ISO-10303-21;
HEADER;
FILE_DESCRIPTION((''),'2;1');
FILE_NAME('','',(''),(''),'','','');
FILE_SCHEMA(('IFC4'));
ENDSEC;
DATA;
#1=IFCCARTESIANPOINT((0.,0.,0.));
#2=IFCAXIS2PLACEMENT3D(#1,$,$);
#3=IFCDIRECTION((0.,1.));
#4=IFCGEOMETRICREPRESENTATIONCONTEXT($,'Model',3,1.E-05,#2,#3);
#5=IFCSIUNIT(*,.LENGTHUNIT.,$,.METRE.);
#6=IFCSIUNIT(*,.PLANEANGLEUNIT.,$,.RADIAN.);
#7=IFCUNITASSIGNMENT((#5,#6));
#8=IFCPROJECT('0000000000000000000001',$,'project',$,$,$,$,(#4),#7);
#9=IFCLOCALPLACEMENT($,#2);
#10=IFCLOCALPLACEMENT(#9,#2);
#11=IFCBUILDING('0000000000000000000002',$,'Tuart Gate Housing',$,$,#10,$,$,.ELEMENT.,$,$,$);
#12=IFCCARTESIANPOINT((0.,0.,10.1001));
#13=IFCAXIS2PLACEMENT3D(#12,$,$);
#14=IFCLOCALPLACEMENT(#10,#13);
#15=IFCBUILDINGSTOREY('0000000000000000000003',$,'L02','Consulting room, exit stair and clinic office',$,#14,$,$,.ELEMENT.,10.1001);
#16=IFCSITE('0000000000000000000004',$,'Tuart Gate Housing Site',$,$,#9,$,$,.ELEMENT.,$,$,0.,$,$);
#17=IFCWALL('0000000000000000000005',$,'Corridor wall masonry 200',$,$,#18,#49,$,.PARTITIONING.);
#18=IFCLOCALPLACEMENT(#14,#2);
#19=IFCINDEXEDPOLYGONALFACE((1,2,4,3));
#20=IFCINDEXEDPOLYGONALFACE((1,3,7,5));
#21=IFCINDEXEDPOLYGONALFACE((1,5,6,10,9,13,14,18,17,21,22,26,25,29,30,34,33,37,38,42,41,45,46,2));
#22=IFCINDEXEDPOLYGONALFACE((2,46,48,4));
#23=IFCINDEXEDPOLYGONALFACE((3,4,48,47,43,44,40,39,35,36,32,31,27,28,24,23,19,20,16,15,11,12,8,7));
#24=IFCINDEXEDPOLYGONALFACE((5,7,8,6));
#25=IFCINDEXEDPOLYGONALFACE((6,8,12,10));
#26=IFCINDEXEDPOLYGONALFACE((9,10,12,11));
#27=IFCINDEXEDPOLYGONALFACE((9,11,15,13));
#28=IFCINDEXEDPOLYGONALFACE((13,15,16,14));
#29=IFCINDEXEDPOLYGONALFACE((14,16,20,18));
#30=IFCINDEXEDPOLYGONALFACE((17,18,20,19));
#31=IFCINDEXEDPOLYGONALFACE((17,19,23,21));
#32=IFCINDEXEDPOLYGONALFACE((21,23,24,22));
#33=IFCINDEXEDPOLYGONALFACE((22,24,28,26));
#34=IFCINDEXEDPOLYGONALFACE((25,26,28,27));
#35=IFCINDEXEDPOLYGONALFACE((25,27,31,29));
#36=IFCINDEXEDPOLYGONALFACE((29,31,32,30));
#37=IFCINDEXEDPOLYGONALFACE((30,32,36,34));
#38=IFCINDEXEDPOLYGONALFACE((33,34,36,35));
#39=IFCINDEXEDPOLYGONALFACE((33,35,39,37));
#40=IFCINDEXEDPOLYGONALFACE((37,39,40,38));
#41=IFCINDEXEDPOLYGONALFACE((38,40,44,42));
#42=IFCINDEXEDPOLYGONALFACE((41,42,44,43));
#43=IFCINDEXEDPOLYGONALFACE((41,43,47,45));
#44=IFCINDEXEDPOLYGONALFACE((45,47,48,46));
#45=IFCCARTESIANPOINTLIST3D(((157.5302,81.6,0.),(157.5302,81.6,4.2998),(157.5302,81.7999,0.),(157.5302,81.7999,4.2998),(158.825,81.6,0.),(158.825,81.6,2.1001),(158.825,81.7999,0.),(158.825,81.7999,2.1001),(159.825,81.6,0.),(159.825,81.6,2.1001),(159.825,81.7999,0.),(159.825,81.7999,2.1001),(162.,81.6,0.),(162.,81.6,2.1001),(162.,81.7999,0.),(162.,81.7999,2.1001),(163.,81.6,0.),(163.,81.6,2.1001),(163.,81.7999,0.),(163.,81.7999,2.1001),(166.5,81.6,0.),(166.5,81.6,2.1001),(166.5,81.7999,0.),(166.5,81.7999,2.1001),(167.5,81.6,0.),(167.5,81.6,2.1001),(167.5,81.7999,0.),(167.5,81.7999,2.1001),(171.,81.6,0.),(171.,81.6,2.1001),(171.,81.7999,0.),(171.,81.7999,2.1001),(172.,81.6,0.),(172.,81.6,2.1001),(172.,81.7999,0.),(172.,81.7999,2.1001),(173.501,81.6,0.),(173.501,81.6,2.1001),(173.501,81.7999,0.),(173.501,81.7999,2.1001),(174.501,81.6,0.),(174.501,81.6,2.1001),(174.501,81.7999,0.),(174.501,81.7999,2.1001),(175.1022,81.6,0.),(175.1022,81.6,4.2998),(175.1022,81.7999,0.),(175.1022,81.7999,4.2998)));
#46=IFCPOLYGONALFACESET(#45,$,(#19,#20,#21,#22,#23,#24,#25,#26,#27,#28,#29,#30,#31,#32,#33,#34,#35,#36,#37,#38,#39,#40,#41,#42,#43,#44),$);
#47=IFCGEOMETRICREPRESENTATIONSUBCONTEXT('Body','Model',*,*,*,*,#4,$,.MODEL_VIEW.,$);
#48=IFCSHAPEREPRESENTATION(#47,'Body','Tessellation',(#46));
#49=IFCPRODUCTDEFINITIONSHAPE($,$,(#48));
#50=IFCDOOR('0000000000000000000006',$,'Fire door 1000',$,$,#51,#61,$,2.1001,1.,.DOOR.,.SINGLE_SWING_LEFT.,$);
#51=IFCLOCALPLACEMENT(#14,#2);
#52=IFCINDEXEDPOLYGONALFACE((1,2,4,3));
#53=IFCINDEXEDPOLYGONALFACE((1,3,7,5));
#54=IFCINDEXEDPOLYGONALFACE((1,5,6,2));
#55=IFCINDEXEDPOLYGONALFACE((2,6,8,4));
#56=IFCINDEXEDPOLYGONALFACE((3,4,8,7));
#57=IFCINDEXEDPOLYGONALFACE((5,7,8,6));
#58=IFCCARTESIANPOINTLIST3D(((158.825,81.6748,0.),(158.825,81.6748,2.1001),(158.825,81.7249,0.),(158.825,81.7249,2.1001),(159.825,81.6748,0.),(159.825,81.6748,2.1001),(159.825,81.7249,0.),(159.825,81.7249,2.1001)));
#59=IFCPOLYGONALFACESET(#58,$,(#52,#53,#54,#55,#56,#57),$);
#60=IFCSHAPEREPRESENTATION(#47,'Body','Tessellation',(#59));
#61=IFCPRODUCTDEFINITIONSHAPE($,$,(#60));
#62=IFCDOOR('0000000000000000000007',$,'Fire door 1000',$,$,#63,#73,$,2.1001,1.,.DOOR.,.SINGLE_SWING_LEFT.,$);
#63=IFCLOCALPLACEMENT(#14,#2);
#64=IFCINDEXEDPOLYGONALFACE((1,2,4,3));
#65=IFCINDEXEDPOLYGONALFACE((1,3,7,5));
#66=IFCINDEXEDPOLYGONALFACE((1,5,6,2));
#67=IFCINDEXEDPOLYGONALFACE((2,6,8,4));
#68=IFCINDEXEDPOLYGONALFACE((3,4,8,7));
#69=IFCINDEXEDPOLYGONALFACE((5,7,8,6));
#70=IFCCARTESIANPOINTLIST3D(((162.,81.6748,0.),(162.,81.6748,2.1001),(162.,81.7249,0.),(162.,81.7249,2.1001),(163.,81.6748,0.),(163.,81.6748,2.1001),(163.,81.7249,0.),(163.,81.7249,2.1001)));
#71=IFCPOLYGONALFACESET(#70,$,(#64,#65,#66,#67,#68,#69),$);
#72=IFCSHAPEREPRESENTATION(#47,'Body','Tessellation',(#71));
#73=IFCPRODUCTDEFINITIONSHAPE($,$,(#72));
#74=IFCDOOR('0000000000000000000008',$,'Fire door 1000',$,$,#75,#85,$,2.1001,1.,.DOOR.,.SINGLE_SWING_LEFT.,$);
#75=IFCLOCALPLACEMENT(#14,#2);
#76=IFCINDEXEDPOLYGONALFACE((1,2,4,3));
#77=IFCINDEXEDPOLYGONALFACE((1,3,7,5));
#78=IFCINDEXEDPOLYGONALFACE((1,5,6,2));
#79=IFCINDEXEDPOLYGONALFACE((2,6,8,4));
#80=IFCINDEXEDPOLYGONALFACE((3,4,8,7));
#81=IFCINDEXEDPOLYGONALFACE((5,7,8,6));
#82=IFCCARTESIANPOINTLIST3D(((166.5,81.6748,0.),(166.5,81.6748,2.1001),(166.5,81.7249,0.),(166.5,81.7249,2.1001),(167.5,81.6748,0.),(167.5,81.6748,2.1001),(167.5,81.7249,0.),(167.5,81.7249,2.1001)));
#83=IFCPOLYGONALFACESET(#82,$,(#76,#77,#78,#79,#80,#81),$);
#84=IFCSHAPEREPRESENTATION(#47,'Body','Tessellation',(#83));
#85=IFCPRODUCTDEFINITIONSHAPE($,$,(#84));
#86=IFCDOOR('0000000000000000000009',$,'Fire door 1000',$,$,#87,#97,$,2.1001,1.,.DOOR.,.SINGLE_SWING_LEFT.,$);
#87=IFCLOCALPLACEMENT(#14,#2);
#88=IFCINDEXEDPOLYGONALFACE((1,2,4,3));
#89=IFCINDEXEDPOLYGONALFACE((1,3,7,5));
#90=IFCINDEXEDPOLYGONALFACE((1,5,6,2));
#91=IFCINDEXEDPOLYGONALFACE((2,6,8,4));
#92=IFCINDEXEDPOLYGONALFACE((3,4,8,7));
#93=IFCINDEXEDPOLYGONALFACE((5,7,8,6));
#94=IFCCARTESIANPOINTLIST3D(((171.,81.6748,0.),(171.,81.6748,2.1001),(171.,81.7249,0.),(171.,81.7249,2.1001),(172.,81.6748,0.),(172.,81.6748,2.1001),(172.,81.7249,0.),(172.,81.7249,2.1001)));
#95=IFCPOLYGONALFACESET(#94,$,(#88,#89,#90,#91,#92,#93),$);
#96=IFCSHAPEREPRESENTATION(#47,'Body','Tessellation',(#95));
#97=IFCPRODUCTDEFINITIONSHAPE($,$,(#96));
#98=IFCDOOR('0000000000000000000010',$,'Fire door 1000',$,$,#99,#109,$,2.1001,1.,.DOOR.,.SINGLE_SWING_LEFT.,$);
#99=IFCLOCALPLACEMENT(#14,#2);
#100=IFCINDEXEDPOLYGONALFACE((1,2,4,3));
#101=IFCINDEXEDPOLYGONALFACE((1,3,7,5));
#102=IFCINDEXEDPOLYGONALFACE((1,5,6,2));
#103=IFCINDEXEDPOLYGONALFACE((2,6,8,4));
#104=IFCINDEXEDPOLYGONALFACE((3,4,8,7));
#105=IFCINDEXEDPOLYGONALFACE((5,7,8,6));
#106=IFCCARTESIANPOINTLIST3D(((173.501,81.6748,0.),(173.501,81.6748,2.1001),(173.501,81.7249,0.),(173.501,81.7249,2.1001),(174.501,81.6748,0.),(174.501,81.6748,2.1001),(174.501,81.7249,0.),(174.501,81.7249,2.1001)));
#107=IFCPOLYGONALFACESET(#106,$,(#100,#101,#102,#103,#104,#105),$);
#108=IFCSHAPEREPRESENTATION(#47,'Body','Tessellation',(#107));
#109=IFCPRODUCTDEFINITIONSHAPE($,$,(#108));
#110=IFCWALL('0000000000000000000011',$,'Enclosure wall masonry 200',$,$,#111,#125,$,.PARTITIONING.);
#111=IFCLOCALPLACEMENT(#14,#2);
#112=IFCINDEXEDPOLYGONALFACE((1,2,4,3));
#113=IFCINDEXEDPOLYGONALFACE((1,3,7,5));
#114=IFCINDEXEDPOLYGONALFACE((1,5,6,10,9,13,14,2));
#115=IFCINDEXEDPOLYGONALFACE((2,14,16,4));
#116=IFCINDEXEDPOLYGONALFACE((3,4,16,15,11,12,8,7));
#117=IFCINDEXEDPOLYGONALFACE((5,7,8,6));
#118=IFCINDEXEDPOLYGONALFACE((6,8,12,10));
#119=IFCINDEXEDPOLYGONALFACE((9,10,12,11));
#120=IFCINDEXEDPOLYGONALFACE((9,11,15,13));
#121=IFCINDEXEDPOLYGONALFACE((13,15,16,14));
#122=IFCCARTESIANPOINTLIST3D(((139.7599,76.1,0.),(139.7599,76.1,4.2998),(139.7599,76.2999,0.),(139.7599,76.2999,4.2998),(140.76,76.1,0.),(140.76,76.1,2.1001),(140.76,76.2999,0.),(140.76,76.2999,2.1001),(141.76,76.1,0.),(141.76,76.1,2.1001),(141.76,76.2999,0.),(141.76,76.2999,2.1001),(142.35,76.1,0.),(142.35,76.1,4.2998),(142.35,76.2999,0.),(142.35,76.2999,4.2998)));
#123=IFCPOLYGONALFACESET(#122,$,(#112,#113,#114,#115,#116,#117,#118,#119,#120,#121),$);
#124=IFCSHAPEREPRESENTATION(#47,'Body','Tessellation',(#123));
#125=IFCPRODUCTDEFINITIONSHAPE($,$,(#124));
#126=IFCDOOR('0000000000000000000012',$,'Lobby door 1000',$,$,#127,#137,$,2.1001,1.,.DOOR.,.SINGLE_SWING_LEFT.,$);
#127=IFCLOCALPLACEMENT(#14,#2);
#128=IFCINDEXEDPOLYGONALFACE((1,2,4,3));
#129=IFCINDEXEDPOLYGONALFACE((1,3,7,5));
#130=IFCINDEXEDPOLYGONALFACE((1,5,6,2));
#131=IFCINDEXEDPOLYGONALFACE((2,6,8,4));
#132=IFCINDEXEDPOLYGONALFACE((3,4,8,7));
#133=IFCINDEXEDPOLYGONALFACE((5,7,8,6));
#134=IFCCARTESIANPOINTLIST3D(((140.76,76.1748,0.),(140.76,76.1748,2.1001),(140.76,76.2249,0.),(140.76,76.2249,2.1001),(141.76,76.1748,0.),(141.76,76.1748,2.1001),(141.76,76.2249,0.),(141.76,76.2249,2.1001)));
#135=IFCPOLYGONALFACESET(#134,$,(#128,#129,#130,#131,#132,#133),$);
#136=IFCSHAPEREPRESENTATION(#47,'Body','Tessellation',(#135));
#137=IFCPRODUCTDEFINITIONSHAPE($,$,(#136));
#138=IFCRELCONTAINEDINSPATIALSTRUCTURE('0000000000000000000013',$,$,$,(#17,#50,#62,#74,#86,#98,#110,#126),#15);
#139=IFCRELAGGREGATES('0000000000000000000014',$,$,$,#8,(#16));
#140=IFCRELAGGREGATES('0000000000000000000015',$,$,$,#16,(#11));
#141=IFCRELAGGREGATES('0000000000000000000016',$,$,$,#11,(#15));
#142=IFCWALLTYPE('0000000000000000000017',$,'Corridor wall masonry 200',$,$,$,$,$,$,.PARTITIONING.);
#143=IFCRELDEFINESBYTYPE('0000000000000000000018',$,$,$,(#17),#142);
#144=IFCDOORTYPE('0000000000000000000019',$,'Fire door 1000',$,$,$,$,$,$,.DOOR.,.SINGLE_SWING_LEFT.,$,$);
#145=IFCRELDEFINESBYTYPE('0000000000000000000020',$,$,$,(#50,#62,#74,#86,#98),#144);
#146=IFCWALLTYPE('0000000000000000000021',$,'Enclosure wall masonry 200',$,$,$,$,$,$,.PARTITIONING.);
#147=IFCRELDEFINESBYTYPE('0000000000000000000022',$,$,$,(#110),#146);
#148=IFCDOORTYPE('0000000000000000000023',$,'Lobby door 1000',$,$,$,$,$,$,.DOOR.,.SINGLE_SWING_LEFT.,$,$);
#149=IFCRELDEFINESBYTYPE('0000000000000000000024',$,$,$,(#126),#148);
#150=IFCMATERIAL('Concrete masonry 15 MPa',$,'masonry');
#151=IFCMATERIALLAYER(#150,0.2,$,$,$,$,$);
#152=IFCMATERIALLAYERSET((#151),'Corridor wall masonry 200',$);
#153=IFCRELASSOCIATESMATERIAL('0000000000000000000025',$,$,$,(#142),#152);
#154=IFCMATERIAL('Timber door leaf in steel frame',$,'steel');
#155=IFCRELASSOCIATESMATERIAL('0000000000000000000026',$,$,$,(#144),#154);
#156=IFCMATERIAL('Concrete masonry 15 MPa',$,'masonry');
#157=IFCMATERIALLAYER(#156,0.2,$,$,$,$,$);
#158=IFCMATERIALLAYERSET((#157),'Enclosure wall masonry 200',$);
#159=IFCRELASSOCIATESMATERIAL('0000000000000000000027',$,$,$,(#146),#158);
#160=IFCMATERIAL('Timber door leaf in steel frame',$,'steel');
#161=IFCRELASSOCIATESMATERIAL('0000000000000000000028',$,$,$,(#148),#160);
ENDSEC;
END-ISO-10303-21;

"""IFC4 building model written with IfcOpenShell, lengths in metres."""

from ifc_helpers import new_model, si_unit, direction, frame, frame_2d, origin, place, context, subcontext, project, spatial, rectangle, extrude, material, layer, layer_set, type_object, element, fill, save


model = new_model("IFC4")

# Units and contexts
model_context = context("Model", 3, precision=1e-05, world=origin(), true_north=direction((0.0, 1.0)))
body_context = subcontext(model_context, "Body", "Model", "MODEL_VIEW")
ifc_project = project(units=[si_unit("LENGTHUNIT", "METRE"), si_unit("PLANEANGLEUNIT", "RADIAN")], contexts=[model_context])

# Site, building, storey
site_placement = place(None, origin())
site = spatial("IfcSite", under=ifc_project, at=site_placement, Name="Tuart Gate Housing Site", CompositionType="ELEMENT", RefElevation=0.0)
building_placement = place(site_placement, origin())
building = spatial("IfcBuilding", under=site, at=building_placement, Name="Tuart Gate Housing", CompositionType="ELEMENT")
storey_placement = place(building_placement, frame((0.0, 0.0, 10.1001)))
storey = spatial("IfcBuildingStorey", under=building, at=storey_placement, Name="L02", Description="Consulting room, exit stair and clinic office", CompositionType="ELEMENT", Elevation=10.1001)

# Wall, openings, doors
ifc_material_1 = material(Name="Concrete masonry 15 MPa", Category="masonry")
ifc_layer_1 = layer(ifc_material_1, 0.2)
ifc_layer_set_1 = layer_set([ifc_layer_1], Name="Corridor wall masonry 200")
wall_type_1 = type_object("IfcWallType", Name="Corridor wall masonry 200", PredefinedType="PARTITIONING", material=ifc_layer_set_1)
wall_1_placement = place(storey_placement, frame((157.53, 81.7, 0.0), z_axis=(0.0, 0.0, 1.0), x_axis=(1.0, 0.0, 0.0)))
wall_1 = element("IfcWall", 1, at=wall_1_placement, inside=storey, type_object=wall_type_1, Name="Corridor wall masonry 200", PredefinedType="PARTITIONING", context=body_context, shape_type="SweptSolid", body=[
    extrude(rectangle(XDim=17.572, YDim=0.2, at=frame_2d((8.7861, 0.0))), origin(), (0.0, 0.0, 1.0), 4.2998),
])
opening_1_placement = place(wall_1_placement, frame((1.2949, 0.0, 0.0)))
opening_1 = element("IfcOpeningElement", 2, at=opening_1_placement, cuts=wall_1, PredefinedType="OPENING", context=body_context, shape_type="SweptSolid", body=[
    extrude(rectangle(XDim=1.0, YDim=2.1001, at=frame_2d((0.5, 1.05))), frame((0.0, 0.1099, 0.0), z_axis=(0.0, -1.0, 0.0), x_axis=(1.0, 0.0, 0.0)), (0.0, 0.0, 1.0), 0.22),
])
opening_2_placement = place(wall_1_placement, frame((4.47, 0.0, 0.0)))
opening_2 = element("IfcOpeningElement", 3, at=opening_2_placement, cuts=wall_1, PredefinedType="OPENING", context=body_context, shape_type="SweptSolid", body=[
    extrude(rectangle(XDim=1.0, YDim=2.1001, at=frame_2d((0.5, 1.05))), frame((0.0, 0.1099, 0.0), z_axis=(0.0, -1.0, 0.0), x_axis=(1.0, 0.0, 0.0)), (0.0, 0.0, 1.0), 0.22),
])
opening_3_placement = place(wall_1_placement, frame((8.97, 0.0, 0.0)))
opening_3 = element("IfcOpeningElement", 4, at=opening_3_placement, cuts=wall_1, PredefinedType="OPENING", context=body_context, shape_type="SweptSolid", body=[
    extrude(rectangle(XDim=1.0, YDim=2.1001, at=frame_2d((0.5, 1.05))), frame((0.0, 0.1099, 0.0), z_axis=(0.0, -1.0, 0.0), x_axis=(1.0, 0.0, 0.0)), (0.0, 0.0, 1.0), 0.22),
])
opening_4_placement = place(wall_1_placement, frame((13.47, 0.0, 0.0)))
opening_4 = element("IfcOpeningElement", 5, at=opening_4_placement, cuts=wall_1, PredefinedType="OPENING", context=body_context, shape_type="SweptSolid", body=[
    extrude(rectangle(XDim=1.0, YDim=2.1001, at=frame_2d((0.5, 1.05))), frame((0.0, 0.1099, 0.0), z_axis=(0.0, -1.0, 0.0), x_axis=(1.0, 0.0, 0.0)), (0.0, 0.0, 1.0), 0.22),
])
opening_5_placement = place(wall_1_placement, frame((15.9709, 0.0, 0.0)))
opening_5 = element("IfcOpeningElement", 6, at=opening_5_placement, cuts=wall_1, PredefinedType="OPENING", context=body_context, shape_type="SweptSolid", body=[
    extrude(rectangle(XDim=1.0, YDim=2.1001, at=frame_2d((0.5, 1.05))), frame((0.0, 0.1099, 0.0), z_axis=(0.0, -1.0, 0.0), x_axis=(1.0, 0.0, 0.0)), (0.0, 0.0, 1.0), 0.22),
])
ifc_material_2 = material(Name="Timber door leaf in steel frame", Category="steel")
door_type_1 = type_object("IfcDoorType", Name="Fire door 1000", OperationType="SINGLE_SWING_LEFT", PredefinedType="DOOR", material=ifc_material_2)
door_1_placement = place(opening_1_placement, origin())
door_1 = element("IfcDoor", 7, at=door_1_placement, inside=storey, type_object=door_type_1, Name="Fire door 1000", OperationType="SINGLE_SWING_LEFT", OverallHeight=2.1001, OverallWidth=1.0, PredefinedType="DOOR", context=body_context, shape_type="SweptSolid", body=[
    extrude(rectangle(XDim=1.0, YDim=2.1001, at=frame_2d((0.5, 1.05))), frame((0.0, 0.0249, 0.0), z_axis=(0.0, -1.0, 0.0), x_axis=(1.0, 0.0, 0.0)), (0.0, 0.0, 1.0), 0.05),
])
fill(opening_1, door_1)
door_2_placement = place(opening_2_placement, origin())
door_2 = element("IfcDoor", 8, at=door_2_placement, inside=storey, type_object=door_type_1, Name="Fire door 1000", OperationType="SINGLE_SWING_LEFT", OverallHeight=2.1001, OverallWidth=1.0, PredefinedType="DOOR", context=body_context, shape_type="SweptSolid", body=[
    extrude(rectangle(XDim=1.0, YDim=2.1001, at=frame_2d((0.5, 1.05))), frame((0.0, 0.0249, 0.0), z_axis=(0.0, -1.0, 0.0), x_axis=(1.0, 0.0, 0.0)), (0.0, 0.0, 1.0), 0.05),
])
fill(opening_2, door_2)
door_3_placement = place(opening_3_placement, origin())
door_3 = element("IfcDoor", 9, at=door_3_placement, inside=storey, type_object=door_type_1, Name="Fire door 1000", OperationType="SINGLE_SWING_LEFT", OverallHeight=2.1001, OverallWidth=1.0, PredefinedType="DOOR", context=body_context, shape_type="SweptSolid", body=[
    extrude(rectangle(XDim=1.0, YDim=2.1001, at=frame_2d((0.5, 1.05))), frame((0.0, 0.0249, 0.0), z_axis=(0.0, -1.0, 0.0), x_axis=(1.0, 0.0, 0.0)), (0.0, 0.0, 1.0), 0.05),
])
fill(opening_3, door_3)
door_4_placement = place(opening_4_placement, origin())
door_4 = element("IfcDoor", 10, at=door_4_placement, inside=storey, type_object=door_type_1, Name="Fire door 1000", OperationType="SINGLE_SWING_LEFT", OverallHeight=2.1001, OverallWidth=1.0, PredefinedType="DOOR", context=body_context, shape_type="SweptSolid", body=[
    extrude(rectangle(XDim=1.0, YDim=2.1001, at=frame_2d((0.5, 1.05))), frame((0.0, 0.0249, 0.0), z_axis=(0.0, -1.0, 0.0), x_axis=(1.0, 0.0, 0.0)), (0.0, 0.0, 1.0), 0.05),
])
fill(opening_4, door_4)
door_5_placement = place(opening_5_placement, origin())
door_5 = element("IfcDoor", 11, at=door_5_placement, inside=storey, type_object=door_type_1, Name="Fire door 1000", OperationType="SINGLE_SWING_LEFT", OverallHeight=2.1001, OverallWidth=1.0, PredefinedType="DOOR", context=body_context, shape_type="SweptSolid", body=[
    extrude(rectangle(XDim=1.0, YDim=2.1001, at=frame_2d((0.5, 1.05))), frame((0.0, 0.0249, 0.0), z_axis=(0.0, -1.0, 0.0), x_axis=(1.0, 0.0, 0.0)), (0.0, 0.0, 1.0), 0.05),
])
fill(opening_5, door_5)

# Wall, opening, door
ifc_material_3 = material(Name="Concrete masonry 15 MPa", Category="masonry")
ifc_layer_2 = layer(ifc_material_3, 0.2)
ifc_layer_set_2 = layer_set([ifc_layer_2], Name="Enclosure wall masonry 200")
wall_type_2 = type_object("IfcWallType", Name="Enclosure wall masonry 200", PredefinedType="PARTITIONING", material=ifc_layer_set_2)
wall_2_placement = place(storey_placement, frame((139.76, 76.2, 0.0), z_axis=(0.0, 0.0, 1.0), x_axis=(1.0, 0.0, 0.0)))
wall_2 = element("IfcWall", 12, at=wall_2_placement, inside=storey, type_object=wall_type_2, Name="Enclosure wall masonry 200", PredefinedType="PARTITIONING", context=body_context, shape_type="SweptSolid", body=[
    extrude(rectangle(XDim=2.5901, YDim=0.2, at=frame_2d((1.2949, 0.0))), origin(), (0.0, 0.0, 1.0), 4.2998),
])
opening_6_placement = place(wall_2_placement, frame((1.0, 0.0, 0.0)))
opening_6 = element("IfcOpeningElement", 13, at=opening_6_placement, cuts=wall_2, PredefinedType="OPENING", context=body_context, shape_type="SweptSolid", body=[
    extrude(rectangle(XDim=1.0, YDim=2.1001, at=frame_2d((0.5, 1.05))), frame((0.0, 0.1099, 0.0), z_axis=(0.0, -1.0, 0.0), x_axis=(1.0, 0.0, 0.0)), (0.0, 0.0, 1.0), 0.22),
])
ifc_material_4 = material(Name="Timber door leaf in steel frame", Category="steel")
door_type_2 = type_object("IfcDoorType", Name="Lobby door 1000", OperationType="SINGLE_SWING_LEFT", PredefinedType="DOOR", material=ifc_material_4)
door_6_placement = place(opening_6_placement, frame((1.0, 0.0, 0.0), z_axis=(0.0, 0.0, 1.0), x_axis=(-1.0, 0.0, 0.0)))
door_6 = element("IfcDoor", 14, at=door_6_placement, inside=storey, type_object=door_type_2, Name="Lobby door 1000", OperationType="SINGLE_SWING_LEFT", OverallHeight=2.1001, OverallWidth=1.0, PredefinedType="DOOR", context=body_context, shape_type="SweptSolid", body=[
    extrude(rectangle(XDim=1.0, YDim=2.1001, at=frame_2d((0.5, 1.05))), frame((0.0, 0.0251, 0.0), z_axis=(0.0, -1.0, 0.0), x_axis=(1.0, 0.0, 0.0)), (0.0, 0.0, 1.0), 0.05),
])
fill(opening_6, door_6)

save(model, "model.ifc")
